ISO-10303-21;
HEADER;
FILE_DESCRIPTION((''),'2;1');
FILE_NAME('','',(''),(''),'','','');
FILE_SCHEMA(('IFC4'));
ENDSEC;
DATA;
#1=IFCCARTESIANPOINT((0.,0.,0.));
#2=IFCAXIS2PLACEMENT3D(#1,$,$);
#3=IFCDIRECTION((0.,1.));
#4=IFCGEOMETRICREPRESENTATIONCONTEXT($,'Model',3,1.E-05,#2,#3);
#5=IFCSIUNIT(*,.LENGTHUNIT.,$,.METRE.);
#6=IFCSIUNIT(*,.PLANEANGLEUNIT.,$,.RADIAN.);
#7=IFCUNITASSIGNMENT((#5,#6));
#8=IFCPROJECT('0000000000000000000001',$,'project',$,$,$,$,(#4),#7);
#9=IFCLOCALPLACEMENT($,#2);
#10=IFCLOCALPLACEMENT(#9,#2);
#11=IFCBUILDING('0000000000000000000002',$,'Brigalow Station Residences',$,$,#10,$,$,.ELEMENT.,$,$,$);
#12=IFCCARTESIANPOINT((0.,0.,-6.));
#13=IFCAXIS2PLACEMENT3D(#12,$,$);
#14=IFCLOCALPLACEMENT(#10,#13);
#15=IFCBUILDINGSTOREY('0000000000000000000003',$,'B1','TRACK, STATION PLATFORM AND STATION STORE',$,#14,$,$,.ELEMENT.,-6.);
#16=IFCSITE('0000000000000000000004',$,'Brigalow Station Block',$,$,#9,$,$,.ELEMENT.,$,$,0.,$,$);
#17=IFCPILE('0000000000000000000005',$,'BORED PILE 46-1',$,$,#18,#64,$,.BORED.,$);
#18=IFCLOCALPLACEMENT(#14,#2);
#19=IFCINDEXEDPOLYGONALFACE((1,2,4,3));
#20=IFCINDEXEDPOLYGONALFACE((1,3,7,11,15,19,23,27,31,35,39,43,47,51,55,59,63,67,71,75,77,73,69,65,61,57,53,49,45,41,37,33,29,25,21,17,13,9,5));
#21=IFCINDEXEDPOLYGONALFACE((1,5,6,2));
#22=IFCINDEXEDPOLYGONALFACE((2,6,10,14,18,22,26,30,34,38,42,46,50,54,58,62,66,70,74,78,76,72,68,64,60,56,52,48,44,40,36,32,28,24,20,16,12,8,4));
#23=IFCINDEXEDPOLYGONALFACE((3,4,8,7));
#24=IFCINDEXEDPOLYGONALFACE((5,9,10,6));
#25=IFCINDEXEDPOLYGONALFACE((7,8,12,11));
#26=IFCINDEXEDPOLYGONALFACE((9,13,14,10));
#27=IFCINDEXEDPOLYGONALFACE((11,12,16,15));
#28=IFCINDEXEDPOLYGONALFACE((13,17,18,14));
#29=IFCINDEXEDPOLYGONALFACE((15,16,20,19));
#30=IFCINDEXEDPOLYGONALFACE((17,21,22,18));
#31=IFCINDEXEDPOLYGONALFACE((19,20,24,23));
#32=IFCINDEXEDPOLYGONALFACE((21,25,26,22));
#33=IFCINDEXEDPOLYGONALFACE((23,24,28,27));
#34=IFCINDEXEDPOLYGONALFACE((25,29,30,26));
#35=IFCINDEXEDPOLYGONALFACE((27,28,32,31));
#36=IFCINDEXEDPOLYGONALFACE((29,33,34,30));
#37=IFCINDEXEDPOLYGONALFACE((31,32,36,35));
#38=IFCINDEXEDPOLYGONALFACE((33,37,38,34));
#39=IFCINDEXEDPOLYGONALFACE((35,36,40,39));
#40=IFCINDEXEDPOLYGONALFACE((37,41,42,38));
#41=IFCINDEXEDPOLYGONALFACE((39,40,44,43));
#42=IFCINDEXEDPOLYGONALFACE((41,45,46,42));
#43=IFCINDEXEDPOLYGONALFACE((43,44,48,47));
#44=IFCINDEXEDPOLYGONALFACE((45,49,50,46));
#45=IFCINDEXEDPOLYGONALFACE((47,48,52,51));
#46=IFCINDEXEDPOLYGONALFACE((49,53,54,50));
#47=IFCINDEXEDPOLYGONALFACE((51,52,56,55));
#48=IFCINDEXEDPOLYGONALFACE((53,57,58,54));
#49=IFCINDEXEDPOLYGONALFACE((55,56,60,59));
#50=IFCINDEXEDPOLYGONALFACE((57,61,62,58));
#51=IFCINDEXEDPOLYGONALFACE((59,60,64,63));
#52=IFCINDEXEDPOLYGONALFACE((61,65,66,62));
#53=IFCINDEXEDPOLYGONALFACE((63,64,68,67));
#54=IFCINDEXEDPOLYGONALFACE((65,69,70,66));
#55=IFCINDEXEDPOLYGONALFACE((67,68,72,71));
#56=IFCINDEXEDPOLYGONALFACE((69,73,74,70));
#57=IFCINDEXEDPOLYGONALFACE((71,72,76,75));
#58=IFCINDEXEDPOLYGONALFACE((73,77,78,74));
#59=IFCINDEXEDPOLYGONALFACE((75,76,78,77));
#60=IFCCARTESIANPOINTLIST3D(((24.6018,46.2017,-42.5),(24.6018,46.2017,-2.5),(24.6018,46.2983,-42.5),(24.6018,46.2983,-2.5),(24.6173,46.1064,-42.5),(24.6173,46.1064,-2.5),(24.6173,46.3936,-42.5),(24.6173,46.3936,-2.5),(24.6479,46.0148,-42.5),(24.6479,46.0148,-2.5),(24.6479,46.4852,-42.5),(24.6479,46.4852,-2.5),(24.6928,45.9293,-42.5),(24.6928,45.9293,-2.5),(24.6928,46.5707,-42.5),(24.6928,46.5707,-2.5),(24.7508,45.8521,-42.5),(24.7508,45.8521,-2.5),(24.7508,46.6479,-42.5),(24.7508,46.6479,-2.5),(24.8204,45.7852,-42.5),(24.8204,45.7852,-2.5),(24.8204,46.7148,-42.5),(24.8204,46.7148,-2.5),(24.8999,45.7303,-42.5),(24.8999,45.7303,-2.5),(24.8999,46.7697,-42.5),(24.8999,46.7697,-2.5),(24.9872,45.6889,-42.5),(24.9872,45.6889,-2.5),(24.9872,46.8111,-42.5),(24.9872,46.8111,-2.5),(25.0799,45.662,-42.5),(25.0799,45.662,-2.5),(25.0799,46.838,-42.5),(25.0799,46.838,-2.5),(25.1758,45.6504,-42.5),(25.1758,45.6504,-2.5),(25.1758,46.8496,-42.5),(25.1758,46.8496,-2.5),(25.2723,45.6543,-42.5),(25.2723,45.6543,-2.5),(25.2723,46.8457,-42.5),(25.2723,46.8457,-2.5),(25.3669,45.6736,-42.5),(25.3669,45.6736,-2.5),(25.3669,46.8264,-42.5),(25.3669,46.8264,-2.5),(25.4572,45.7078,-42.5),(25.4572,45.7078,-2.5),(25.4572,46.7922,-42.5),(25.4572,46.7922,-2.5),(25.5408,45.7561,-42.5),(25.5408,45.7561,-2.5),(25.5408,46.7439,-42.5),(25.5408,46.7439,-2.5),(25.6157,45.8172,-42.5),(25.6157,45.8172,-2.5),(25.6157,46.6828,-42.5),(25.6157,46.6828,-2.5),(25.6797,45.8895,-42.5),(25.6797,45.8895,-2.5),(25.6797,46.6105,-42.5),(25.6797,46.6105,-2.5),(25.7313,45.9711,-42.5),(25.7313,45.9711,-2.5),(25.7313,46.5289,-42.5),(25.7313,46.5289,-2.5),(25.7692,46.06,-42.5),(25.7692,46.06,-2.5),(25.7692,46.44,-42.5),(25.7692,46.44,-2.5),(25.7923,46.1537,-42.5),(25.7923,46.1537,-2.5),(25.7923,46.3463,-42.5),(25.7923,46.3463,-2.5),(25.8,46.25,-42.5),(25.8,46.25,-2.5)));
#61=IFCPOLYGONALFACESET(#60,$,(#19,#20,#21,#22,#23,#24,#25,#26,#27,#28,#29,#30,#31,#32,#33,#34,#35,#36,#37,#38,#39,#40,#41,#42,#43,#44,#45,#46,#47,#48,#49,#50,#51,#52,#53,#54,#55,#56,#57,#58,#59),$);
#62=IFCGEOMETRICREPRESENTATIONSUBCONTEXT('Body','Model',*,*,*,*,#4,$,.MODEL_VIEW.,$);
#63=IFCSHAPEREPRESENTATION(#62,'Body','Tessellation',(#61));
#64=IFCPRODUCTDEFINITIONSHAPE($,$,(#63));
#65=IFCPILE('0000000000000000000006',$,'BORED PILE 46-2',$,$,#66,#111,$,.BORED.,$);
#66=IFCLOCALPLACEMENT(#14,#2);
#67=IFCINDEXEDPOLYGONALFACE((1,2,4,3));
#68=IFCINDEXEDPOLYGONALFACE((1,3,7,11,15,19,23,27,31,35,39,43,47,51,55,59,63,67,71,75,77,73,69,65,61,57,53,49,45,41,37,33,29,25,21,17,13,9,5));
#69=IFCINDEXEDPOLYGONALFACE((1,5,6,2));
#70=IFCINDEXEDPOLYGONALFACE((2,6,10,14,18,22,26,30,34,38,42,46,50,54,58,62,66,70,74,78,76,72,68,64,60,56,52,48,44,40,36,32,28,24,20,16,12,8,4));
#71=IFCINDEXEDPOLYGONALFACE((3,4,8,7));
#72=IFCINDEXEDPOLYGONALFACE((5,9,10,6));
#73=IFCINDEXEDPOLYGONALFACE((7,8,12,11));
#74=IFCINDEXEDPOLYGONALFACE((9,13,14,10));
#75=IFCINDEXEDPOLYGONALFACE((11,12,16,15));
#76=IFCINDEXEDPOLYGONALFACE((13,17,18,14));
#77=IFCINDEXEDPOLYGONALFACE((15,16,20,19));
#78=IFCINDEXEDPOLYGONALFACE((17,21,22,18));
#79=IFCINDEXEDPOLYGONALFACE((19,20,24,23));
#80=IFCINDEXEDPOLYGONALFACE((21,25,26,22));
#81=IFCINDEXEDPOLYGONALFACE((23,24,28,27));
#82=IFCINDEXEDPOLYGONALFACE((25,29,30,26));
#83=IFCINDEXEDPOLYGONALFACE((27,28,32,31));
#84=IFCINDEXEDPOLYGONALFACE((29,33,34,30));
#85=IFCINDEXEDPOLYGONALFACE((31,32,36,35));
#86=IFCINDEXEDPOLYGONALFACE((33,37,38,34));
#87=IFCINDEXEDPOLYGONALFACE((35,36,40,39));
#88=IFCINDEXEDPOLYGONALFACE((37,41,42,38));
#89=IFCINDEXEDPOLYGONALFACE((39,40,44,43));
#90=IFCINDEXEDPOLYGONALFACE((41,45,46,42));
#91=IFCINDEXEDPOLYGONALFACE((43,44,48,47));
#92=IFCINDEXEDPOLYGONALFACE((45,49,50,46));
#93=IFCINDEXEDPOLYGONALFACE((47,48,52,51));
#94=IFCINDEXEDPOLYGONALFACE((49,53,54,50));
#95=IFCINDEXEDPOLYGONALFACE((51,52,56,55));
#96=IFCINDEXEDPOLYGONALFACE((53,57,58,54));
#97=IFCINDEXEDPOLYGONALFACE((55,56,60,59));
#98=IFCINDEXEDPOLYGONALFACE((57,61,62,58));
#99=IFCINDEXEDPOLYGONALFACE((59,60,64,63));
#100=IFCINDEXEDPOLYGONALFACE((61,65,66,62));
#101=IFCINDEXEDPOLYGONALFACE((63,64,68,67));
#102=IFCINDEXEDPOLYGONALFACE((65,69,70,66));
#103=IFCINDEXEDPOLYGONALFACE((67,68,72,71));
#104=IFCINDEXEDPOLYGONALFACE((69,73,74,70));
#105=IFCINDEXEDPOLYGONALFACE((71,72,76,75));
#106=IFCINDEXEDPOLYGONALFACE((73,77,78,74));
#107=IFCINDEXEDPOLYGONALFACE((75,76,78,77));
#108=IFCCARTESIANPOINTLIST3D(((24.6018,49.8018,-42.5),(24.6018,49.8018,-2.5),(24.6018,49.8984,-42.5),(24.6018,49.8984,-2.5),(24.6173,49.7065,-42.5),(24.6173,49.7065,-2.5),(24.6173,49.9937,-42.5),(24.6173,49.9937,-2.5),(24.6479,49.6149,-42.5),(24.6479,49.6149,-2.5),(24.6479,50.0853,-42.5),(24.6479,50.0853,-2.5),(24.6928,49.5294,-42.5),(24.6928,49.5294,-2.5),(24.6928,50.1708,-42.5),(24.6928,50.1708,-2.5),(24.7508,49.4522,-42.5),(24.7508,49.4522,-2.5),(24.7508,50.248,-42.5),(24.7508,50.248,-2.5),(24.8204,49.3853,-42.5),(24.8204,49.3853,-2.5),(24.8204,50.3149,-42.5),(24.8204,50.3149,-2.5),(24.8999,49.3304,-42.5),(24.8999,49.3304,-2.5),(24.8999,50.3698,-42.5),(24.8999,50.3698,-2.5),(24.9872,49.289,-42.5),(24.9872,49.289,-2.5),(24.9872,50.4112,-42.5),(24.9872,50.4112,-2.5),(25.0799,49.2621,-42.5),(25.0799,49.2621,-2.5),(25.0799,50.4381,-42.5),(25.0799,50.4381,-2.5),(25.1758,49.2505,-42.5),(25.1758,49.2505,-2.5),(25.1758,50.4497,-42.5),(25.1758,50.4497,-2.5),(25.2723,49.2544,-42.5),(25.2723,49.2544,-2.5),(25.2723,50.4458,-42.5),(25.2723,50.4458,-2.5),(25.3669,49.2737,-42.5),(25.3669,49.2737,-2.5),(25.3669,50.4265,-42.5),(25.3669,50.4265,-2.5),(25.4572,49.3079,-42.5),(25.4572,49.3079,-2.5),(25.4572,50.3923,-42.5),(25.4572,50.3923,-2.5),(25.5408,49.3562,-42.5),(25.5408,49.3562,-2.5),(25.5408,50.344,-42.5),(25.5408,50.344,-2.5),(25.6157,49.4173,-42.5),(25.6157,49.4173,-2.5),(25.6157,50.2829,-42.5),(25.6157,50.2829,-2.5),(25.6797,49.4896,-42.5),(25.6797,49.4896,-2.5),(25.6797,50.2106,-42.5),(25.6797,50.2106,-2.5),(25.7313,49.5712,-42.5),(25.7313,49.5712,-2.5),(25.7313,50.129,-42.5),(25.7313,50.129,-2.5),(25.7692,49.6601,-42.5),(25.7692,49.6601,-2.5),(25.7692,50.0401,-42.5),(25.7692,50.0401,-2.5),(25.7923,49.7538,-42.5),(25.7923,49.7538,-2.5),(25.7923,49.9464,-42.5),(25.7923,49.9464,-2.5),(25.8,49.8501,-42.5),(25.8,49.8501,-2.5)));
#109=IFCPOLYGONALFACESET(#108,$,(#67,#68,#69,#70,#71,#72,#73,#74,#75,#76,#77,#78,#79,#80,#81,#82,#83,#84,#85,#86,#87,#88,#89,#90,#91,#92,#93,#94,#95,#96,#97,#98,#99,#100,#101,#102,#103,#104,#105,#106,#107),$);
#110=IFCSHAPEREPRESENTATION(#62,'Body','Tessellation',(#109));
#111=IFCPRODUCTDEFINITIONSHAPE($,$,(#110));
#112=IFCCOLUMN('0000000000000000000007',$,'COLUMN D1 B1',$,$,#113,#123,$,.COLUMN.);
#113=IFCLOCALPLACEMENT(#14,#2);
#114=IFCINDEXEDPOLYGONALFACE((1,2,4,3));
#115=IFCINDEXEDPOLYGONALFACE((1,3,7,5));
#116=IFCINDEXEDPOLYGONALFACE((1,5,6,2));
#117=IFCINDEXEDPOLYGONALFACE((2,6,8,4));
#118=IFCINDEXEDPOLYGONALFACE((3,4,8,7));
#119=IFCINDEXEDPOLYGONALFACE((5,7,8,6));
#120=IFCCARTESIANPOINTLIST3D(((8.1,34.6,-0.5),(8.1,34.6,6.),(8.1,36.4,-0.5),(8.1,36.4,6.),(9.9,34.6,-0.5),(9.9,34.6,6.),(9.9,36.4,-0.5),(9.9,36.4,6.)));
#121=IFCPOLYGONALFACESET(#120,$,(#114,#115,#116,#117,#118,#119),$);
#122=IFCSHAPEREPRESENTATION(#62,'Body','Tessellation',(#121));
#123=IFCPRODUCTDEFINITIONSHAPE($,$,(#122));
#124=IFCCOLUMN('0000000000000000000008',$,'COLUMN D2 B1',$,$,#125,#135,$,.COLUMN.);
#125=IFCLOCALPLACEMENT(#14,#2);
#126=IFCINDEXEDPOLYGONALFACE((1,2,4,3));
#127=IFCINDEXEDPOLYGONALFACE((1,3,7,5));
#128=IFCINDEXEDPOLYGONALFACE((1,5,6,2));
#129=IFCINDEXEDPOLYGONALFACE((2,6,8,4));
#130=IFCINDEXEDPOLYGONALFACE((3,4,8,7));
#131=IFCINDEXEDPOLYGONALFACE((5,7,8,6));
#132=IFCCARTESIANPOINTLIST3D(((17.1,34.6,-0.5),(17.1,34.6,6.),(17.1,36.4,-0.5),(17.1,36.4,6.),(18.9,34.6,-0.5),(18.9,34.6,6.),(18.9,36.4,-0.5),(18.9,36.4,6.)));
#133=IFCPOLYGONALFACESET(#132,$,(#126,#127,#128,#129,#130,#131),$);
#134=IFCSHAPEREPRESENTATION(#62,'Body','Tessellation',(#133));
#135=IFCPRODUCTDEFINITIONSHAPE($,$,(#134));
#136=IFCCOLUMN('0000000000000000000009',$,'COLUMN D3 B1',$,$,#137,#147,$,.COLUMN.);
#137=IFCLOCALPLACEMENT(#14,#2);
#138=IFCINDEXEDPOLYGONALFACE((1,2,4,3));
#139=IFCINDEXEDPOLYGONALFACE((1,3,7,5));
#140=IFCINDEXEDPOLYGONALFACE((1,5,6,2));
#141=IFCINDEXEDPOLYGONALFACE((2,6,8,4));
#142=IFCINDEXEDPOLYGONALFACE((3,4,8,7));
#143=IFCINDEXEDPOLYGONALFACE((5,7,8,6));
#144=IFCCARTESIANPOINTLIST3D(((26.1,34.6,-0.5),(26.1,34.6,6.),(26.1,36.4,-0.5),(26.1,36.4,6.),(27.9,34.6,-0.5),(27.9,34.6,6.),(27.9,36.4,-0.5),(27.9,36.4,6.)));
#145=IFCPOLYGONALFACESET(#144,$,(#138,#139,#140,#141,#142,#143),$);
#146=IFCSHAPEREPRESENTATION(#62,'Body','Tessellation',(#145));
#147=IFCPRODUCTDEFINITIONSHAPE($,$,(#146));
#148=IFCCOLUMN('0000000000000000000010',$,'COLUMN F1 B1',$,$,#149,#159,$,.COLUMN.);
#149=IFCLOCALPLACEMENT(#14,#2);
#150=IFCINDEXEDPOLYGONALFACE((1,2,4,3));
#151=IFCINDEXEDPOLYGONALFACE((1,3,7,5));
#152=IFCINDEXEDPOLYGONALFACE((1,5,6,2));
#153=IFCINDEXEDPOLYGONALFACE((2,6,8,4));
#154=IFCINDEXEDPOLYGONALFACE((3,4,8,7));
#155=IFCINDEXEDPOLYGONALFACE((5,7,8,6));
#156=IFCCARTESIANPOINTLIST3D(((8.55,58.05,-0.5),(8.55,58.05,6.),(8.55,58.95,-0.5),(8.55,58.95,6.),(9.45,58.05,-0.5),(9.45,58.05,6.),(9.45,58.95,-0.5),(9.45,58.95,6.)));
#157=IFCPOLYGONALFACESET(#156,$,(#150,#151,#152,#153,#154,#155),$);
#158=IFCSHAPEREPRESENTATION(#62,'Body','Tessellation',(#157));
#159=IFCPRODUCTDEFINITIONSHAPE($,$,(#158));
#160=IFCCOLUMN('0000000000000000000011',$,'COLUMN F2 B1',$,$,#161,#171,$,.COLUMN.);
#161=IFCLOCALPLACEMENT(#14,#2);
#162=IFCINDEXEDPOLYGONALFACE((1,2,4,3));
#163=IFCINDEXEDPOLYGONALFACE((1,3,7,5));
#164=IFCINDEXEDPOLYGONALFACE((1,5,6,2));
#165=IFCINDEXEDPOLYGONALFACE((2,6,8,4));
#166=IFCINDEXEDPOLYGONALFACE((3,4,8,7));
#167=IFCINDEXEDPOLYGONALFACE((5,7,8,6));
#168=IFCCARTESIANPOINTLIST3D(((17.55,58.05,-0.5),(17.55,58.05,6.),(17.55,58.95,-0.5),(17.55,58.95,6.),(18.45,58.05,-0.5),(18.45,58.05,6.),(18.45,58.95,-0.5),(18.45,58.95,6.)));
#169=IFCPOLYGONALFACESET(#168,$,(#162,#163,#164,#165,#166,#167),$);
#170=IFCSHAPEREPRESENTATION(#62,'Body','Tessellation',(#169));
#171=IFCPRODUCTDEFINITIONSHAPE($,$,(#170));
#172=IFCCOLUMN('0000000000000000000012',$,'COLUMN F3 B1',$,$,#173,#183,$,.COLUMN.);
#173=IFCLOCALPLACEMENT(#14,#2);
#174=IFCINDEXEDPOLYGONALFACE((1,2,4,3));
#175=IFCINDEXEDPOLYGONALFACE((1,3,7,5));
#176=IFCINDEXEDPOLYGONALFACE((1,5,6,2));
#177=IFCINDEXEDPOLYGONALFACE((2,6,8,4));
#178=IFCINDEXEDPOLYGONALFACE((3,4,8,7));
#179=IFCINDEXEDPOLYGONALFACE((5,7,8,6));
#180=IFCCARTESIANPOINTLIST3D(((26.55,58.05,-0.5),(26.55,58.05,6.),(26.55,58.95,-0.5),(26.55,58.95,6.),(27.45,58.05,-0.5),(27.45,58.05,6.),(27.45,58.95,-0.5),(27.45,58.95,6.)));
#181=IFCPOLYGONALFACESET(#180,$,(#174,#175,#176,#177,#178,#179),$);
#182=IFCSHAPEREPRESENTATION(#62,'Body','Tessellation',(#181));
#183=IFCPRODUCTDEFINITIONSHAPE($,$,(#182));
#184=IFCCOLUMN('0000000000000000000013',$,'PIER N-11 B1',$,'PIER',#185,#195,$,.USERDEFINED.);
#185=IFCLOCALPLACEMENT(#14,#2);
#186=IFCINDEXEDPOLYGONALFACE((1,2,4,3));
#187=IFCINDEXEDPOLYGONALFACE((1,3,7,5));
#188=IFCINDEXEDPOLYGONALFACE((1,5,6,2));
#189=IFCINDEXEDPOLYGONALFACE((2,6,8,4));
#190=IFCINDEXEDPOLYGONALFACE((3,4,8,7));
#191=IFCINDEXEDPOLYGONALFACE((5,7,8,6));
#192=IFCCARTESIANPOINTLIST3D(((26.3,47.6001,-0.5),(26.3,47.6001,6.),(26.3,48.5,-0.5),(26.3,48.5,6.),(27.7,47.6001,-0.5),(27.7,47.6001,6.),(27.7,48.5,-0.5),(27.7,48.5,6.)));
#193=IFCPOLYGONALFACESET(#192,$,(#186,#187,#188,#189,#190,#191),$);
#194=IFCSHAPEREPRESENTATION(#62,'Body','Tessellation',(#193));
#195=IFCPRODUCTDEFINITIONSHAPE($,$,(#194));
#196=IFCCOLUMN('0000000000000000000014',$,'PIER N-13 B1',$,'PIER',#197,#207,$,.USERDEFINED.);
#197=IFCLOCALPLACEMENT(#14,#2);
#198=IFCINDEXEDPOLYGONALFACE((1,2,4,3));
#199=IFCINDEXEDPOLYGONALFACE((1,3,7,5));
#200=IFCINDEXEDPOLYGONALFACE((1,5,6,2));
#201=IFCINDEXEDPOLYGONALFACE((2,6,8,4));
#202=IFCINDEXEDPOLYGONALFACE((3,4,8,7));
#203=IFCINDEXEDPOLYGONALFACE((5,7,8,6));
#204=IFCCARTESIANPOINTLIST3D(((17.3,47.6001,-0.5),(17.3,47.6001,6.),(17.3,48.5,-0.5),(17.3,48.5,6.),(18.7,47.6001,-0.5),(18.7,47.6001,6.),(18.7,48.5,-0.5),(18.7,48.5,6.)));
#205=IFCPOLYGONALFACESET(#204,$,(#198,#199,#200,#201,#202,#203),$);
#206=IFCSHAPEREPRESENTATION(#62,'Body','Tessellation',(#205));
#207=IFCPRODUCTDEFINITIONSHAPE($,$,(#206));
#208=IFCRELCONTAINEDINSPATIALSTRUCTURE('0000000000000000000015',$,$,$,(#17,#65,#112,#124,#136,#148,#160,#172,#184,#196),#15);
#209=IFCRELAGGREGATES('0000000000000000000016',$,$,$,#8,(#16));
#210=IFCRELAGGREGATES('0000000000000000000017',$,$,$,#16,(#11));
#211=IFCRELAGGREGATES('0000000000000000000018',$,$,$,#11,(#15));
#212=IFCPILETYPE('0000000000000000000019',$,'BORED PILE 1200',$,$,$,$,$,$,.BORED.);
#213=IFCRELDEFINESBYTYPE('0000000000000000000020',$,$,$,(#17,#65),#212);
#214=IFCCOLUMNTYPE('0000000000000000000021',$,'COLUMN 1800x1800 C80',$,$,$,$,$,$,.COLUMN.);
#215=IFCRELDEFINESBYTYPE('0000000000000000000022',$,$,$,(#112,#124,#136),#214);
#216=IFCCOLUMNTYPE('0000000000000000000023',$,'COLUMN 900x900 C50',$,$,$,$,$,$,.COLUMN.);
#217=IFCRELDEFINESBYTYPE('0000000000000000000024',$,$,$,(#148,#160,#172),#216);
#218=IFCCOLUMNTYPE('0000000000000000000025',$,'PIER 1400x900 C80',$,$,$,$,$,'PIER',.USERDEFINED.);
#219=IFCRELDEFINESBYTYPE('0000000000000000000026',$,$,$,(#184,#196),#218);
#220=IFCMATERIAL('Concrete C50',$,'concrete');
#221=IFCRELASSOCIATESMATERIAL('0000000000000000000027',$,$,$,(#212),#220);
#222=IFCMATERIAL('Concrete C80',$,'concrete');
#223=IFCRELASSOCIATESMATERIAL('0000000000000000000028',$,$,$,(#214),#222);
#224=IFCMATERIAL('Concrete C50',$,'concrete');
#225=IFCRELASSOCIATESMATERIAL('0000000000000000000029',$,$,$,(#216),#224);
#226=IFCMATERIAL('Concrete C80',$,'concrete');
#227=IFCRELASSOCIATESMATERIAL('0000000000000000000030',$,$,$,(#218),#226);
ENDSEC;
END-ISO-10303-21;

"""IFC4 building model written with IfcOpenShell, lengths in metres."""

from ifc_helpers import new_model, si_unit, direction, frame, origin, origin_2d, place, context, subcontext, project, spatial, rectangle, circle, extrude, material, material_profile, profile_set, type_object, element, save


model = new_model("IFC4")

# Units and contexts
model_context = context("Model", 3, precision=1e-05, world=origin(), true_north=direction((0.0, 1.0)))
body_context = subcontext(model_context, "Body", "Model", "MODEL_VIEW")
ifc_project = project(units=[si_unit("LENGTHUNIT", "METRE"), si_unit("PLANEANGLEUNIT", "RADIAN")], contexts=[model_context])

# Site, building, storey
site_placement = place(None, origin())
site = spatial("IfcSite", under=ifc_project, at=site_placement, Name="Brigalow Station Block", CompositionType="ELEMENT", RefElevation=0.0)
building_placement = place(site_placement, origin())
building = spatial("IfcBuilding", under=site, at=building_placement, Name="Brigalow Station Residences", CompositionType="ELEMENT")
storey_placement = place(building_placement, frame((0.0, 0.0, -6.0)))
storey = spatial("IfcBuildingStorey", under=building, at=storey_placement, Name="B1", Description="TRACK, STATION PLATFORM AND STATION STORE", CompositionType="ELEMENT", Elevation=-6.0)

# Piles
ifc_material_1 = material(Name="Concrete C50", Category="concrete")
ifc_material_profile_1 = material_profile(ifc_material_1, circle(Radius=0.6001, at=origin_2d()), Name="BP1200")
ifc_profile_set_1 = profile_set([ifc_material_profile_1], Name="Concrete C50")
pile_type_1 = type_object("IfcPileType", Name="BORED PILE 1200", PredefinedType="BORED", material=ifc_profile_set_1)
for number, where, z_axis, x_axis, name in (
    (1, (25.2, 46.25, -2.5), (0.0, 0.0, -1.0), (1.0, 0.0, 0.0), "BORED PILE 46-1"),
    (2, (25.2, 49.8501, -2.5), (0.0, 0.0, -1.0), (1.0, 0.0, 0.0), "BORED PILE 46-2"),
):
    element("IfcPile", number, at=place(storey_placement, frame(where, z_axis=z_axis, x_axis=x_axis)), inside=storey, type_object=pile_type_1, Name=name, PredefinedType="BORED", context=body_context, shape_type="SweptSolid", body=[
        extrude(circle(Radius=0.6001, at=origin_2d()), origin(), (0.0, 0.0, 1.0), 40.0),
    ])

# Columns
ifc_material_2 = material(Name="Concrete C80", Category="concrete")
ifc_material_profile_2 = material_profile(ifc_material_2, rectangle(XDim=1.8, YDim=1.8, at=origin_2d()), Name="RC1800x1800")
ifc_profile_set_2 = profile_set([ifc_material_profile_2], Name="Concrete C80")
column_type_1 = type_object("IfcColumnType", Name="COLUMN 1800x1800 C80", PredefinedType="COLUMN", material=ifc_profile_set_2)
for number, where, z_axis, x_axis, name in (
    (3, (9.0, 35.5, -0.5), (0.0, 0.0, 1.0), (1.0, 0.0, 0.0), "COLUMN D1 B1"),
    (4, (18.0, 35.5, -0.5), (0.0, 0.0, 1.0), (1.0, 0.0, 0.0), "COLUMN D2 B1"),
    (5, (27.0, 35.5, -0.5), (0.0, 0.0, 1.0), (1.0, 0.0, 0.0), "COLUMN D3 B1"),
):
    element("IfcColumn", number, at=place(storey_placement, frame(where, z_axis=z_axis, x_axis=x_axis)), inside=storey, type_object=column_type_1, Name=name, PredefinedType="COLUMN", context=body_context, shape_type="SweptSolid", body=[
        extrude(rectangle(XDim=1.8, YDim=1.8, at=origin_2d()), origin(), (0.0, 0.0, 1.0), 6.5),
    ])
ifc_material_3 = material(Name="Concrete C50", Category="concrete")
ifc_material_profile_3 = material_profile(ifc_material_3, rectangle(XDim=0.8999, YDim=0.8999, at=origin_2d()), Name="RC900x900")
ifc_profile_set_3 = profile_set([ifc_material_profile_3], Name="Concrete C50")
column_type_2 = type_object("IfcColumnType", Name="COLUMN 900x900 C50", PredefinedType="COLUMN", material=ifc_profile_set_3)
for number, where, z_axis, x_axis, name in (
    (6, (9.0, 58.5, -0.5), (0.0, 0.0, 1.0), (1.0, 0.0, 0.0), "COLUMN F1 B1"),
    (7, (18.0, 58.5, -0.5), (0.0, 0.0, 1.0), (1.0, 0.0, 0.0), "COLUMN F2 B1"),
    (8, (27.0, 58.5, -0.5), (0.0, 0.0, 1.0), (1.0, 0.0, 0.0), "COLUMN F3 B1"),
):
    element("IfcColumn", number, at=place(storey_placement, frame(where, z_axis=z_axis, x_axis=x_axis)), inside=storey, type_object=column_type_2, Name=name, PredefinedType="COLUMN", context=body_context, shape_type="SweptSolid", body=[
        extrude(rectangle(XDim=0.8999, YDim=0.8999, at=origin_2d()), origin(), (0.0, 0.0, 1.0), 6.5),
    ])
ifc_material_4 = material(Name="Concrete C80", Category="concrete")
ifc_material_profile_4 = material_profile(ifc_material_4, rectangle(XDim=1.3999, YDim=0.8999, at=origin_2d()), Name="RC1400x900")
ifc_profile_set_4 = profile_set([ifc_material_profile_4], Name="Concrete C80")
column_type_3 = type_object("IfcColumnType", Name="PIER 1400x900 C80", ElementType="PIER", PredefinedType="USERDEFINED", material=ifc_profile_set_4)
for number, where, z_axis, x_axis, name in (
    (9, (27.0, 48.05, -0.5), (0.0, 0.0, 1.0), (-1.0, 0.0, 0.0), "PIER N-11 B1"),
    (10, (18.0, 48.05, -0.5), (0.0, 0.0, 1.0), (-1.0, 0.0, 0.0), "PIER N-13 B1"),
):
    element("IfcColumn", number, at=place(storey_placement, frame(where, z_axis=z_axis, x_axis=x_axis)), inside=storey, type_object=column_type_3, Name=name, ObjectType="PIER", PredefinedType="USERDEFINED", context=body_context, shape_type="SweptSolid", body=[
        extrude(rectangle(XDim=1.3999, YDim=0.8999, at=origin_2d()), origin(), (0.0, 0.0, 1.0), 6.5),
    ])

save(model, "model.ifc")
